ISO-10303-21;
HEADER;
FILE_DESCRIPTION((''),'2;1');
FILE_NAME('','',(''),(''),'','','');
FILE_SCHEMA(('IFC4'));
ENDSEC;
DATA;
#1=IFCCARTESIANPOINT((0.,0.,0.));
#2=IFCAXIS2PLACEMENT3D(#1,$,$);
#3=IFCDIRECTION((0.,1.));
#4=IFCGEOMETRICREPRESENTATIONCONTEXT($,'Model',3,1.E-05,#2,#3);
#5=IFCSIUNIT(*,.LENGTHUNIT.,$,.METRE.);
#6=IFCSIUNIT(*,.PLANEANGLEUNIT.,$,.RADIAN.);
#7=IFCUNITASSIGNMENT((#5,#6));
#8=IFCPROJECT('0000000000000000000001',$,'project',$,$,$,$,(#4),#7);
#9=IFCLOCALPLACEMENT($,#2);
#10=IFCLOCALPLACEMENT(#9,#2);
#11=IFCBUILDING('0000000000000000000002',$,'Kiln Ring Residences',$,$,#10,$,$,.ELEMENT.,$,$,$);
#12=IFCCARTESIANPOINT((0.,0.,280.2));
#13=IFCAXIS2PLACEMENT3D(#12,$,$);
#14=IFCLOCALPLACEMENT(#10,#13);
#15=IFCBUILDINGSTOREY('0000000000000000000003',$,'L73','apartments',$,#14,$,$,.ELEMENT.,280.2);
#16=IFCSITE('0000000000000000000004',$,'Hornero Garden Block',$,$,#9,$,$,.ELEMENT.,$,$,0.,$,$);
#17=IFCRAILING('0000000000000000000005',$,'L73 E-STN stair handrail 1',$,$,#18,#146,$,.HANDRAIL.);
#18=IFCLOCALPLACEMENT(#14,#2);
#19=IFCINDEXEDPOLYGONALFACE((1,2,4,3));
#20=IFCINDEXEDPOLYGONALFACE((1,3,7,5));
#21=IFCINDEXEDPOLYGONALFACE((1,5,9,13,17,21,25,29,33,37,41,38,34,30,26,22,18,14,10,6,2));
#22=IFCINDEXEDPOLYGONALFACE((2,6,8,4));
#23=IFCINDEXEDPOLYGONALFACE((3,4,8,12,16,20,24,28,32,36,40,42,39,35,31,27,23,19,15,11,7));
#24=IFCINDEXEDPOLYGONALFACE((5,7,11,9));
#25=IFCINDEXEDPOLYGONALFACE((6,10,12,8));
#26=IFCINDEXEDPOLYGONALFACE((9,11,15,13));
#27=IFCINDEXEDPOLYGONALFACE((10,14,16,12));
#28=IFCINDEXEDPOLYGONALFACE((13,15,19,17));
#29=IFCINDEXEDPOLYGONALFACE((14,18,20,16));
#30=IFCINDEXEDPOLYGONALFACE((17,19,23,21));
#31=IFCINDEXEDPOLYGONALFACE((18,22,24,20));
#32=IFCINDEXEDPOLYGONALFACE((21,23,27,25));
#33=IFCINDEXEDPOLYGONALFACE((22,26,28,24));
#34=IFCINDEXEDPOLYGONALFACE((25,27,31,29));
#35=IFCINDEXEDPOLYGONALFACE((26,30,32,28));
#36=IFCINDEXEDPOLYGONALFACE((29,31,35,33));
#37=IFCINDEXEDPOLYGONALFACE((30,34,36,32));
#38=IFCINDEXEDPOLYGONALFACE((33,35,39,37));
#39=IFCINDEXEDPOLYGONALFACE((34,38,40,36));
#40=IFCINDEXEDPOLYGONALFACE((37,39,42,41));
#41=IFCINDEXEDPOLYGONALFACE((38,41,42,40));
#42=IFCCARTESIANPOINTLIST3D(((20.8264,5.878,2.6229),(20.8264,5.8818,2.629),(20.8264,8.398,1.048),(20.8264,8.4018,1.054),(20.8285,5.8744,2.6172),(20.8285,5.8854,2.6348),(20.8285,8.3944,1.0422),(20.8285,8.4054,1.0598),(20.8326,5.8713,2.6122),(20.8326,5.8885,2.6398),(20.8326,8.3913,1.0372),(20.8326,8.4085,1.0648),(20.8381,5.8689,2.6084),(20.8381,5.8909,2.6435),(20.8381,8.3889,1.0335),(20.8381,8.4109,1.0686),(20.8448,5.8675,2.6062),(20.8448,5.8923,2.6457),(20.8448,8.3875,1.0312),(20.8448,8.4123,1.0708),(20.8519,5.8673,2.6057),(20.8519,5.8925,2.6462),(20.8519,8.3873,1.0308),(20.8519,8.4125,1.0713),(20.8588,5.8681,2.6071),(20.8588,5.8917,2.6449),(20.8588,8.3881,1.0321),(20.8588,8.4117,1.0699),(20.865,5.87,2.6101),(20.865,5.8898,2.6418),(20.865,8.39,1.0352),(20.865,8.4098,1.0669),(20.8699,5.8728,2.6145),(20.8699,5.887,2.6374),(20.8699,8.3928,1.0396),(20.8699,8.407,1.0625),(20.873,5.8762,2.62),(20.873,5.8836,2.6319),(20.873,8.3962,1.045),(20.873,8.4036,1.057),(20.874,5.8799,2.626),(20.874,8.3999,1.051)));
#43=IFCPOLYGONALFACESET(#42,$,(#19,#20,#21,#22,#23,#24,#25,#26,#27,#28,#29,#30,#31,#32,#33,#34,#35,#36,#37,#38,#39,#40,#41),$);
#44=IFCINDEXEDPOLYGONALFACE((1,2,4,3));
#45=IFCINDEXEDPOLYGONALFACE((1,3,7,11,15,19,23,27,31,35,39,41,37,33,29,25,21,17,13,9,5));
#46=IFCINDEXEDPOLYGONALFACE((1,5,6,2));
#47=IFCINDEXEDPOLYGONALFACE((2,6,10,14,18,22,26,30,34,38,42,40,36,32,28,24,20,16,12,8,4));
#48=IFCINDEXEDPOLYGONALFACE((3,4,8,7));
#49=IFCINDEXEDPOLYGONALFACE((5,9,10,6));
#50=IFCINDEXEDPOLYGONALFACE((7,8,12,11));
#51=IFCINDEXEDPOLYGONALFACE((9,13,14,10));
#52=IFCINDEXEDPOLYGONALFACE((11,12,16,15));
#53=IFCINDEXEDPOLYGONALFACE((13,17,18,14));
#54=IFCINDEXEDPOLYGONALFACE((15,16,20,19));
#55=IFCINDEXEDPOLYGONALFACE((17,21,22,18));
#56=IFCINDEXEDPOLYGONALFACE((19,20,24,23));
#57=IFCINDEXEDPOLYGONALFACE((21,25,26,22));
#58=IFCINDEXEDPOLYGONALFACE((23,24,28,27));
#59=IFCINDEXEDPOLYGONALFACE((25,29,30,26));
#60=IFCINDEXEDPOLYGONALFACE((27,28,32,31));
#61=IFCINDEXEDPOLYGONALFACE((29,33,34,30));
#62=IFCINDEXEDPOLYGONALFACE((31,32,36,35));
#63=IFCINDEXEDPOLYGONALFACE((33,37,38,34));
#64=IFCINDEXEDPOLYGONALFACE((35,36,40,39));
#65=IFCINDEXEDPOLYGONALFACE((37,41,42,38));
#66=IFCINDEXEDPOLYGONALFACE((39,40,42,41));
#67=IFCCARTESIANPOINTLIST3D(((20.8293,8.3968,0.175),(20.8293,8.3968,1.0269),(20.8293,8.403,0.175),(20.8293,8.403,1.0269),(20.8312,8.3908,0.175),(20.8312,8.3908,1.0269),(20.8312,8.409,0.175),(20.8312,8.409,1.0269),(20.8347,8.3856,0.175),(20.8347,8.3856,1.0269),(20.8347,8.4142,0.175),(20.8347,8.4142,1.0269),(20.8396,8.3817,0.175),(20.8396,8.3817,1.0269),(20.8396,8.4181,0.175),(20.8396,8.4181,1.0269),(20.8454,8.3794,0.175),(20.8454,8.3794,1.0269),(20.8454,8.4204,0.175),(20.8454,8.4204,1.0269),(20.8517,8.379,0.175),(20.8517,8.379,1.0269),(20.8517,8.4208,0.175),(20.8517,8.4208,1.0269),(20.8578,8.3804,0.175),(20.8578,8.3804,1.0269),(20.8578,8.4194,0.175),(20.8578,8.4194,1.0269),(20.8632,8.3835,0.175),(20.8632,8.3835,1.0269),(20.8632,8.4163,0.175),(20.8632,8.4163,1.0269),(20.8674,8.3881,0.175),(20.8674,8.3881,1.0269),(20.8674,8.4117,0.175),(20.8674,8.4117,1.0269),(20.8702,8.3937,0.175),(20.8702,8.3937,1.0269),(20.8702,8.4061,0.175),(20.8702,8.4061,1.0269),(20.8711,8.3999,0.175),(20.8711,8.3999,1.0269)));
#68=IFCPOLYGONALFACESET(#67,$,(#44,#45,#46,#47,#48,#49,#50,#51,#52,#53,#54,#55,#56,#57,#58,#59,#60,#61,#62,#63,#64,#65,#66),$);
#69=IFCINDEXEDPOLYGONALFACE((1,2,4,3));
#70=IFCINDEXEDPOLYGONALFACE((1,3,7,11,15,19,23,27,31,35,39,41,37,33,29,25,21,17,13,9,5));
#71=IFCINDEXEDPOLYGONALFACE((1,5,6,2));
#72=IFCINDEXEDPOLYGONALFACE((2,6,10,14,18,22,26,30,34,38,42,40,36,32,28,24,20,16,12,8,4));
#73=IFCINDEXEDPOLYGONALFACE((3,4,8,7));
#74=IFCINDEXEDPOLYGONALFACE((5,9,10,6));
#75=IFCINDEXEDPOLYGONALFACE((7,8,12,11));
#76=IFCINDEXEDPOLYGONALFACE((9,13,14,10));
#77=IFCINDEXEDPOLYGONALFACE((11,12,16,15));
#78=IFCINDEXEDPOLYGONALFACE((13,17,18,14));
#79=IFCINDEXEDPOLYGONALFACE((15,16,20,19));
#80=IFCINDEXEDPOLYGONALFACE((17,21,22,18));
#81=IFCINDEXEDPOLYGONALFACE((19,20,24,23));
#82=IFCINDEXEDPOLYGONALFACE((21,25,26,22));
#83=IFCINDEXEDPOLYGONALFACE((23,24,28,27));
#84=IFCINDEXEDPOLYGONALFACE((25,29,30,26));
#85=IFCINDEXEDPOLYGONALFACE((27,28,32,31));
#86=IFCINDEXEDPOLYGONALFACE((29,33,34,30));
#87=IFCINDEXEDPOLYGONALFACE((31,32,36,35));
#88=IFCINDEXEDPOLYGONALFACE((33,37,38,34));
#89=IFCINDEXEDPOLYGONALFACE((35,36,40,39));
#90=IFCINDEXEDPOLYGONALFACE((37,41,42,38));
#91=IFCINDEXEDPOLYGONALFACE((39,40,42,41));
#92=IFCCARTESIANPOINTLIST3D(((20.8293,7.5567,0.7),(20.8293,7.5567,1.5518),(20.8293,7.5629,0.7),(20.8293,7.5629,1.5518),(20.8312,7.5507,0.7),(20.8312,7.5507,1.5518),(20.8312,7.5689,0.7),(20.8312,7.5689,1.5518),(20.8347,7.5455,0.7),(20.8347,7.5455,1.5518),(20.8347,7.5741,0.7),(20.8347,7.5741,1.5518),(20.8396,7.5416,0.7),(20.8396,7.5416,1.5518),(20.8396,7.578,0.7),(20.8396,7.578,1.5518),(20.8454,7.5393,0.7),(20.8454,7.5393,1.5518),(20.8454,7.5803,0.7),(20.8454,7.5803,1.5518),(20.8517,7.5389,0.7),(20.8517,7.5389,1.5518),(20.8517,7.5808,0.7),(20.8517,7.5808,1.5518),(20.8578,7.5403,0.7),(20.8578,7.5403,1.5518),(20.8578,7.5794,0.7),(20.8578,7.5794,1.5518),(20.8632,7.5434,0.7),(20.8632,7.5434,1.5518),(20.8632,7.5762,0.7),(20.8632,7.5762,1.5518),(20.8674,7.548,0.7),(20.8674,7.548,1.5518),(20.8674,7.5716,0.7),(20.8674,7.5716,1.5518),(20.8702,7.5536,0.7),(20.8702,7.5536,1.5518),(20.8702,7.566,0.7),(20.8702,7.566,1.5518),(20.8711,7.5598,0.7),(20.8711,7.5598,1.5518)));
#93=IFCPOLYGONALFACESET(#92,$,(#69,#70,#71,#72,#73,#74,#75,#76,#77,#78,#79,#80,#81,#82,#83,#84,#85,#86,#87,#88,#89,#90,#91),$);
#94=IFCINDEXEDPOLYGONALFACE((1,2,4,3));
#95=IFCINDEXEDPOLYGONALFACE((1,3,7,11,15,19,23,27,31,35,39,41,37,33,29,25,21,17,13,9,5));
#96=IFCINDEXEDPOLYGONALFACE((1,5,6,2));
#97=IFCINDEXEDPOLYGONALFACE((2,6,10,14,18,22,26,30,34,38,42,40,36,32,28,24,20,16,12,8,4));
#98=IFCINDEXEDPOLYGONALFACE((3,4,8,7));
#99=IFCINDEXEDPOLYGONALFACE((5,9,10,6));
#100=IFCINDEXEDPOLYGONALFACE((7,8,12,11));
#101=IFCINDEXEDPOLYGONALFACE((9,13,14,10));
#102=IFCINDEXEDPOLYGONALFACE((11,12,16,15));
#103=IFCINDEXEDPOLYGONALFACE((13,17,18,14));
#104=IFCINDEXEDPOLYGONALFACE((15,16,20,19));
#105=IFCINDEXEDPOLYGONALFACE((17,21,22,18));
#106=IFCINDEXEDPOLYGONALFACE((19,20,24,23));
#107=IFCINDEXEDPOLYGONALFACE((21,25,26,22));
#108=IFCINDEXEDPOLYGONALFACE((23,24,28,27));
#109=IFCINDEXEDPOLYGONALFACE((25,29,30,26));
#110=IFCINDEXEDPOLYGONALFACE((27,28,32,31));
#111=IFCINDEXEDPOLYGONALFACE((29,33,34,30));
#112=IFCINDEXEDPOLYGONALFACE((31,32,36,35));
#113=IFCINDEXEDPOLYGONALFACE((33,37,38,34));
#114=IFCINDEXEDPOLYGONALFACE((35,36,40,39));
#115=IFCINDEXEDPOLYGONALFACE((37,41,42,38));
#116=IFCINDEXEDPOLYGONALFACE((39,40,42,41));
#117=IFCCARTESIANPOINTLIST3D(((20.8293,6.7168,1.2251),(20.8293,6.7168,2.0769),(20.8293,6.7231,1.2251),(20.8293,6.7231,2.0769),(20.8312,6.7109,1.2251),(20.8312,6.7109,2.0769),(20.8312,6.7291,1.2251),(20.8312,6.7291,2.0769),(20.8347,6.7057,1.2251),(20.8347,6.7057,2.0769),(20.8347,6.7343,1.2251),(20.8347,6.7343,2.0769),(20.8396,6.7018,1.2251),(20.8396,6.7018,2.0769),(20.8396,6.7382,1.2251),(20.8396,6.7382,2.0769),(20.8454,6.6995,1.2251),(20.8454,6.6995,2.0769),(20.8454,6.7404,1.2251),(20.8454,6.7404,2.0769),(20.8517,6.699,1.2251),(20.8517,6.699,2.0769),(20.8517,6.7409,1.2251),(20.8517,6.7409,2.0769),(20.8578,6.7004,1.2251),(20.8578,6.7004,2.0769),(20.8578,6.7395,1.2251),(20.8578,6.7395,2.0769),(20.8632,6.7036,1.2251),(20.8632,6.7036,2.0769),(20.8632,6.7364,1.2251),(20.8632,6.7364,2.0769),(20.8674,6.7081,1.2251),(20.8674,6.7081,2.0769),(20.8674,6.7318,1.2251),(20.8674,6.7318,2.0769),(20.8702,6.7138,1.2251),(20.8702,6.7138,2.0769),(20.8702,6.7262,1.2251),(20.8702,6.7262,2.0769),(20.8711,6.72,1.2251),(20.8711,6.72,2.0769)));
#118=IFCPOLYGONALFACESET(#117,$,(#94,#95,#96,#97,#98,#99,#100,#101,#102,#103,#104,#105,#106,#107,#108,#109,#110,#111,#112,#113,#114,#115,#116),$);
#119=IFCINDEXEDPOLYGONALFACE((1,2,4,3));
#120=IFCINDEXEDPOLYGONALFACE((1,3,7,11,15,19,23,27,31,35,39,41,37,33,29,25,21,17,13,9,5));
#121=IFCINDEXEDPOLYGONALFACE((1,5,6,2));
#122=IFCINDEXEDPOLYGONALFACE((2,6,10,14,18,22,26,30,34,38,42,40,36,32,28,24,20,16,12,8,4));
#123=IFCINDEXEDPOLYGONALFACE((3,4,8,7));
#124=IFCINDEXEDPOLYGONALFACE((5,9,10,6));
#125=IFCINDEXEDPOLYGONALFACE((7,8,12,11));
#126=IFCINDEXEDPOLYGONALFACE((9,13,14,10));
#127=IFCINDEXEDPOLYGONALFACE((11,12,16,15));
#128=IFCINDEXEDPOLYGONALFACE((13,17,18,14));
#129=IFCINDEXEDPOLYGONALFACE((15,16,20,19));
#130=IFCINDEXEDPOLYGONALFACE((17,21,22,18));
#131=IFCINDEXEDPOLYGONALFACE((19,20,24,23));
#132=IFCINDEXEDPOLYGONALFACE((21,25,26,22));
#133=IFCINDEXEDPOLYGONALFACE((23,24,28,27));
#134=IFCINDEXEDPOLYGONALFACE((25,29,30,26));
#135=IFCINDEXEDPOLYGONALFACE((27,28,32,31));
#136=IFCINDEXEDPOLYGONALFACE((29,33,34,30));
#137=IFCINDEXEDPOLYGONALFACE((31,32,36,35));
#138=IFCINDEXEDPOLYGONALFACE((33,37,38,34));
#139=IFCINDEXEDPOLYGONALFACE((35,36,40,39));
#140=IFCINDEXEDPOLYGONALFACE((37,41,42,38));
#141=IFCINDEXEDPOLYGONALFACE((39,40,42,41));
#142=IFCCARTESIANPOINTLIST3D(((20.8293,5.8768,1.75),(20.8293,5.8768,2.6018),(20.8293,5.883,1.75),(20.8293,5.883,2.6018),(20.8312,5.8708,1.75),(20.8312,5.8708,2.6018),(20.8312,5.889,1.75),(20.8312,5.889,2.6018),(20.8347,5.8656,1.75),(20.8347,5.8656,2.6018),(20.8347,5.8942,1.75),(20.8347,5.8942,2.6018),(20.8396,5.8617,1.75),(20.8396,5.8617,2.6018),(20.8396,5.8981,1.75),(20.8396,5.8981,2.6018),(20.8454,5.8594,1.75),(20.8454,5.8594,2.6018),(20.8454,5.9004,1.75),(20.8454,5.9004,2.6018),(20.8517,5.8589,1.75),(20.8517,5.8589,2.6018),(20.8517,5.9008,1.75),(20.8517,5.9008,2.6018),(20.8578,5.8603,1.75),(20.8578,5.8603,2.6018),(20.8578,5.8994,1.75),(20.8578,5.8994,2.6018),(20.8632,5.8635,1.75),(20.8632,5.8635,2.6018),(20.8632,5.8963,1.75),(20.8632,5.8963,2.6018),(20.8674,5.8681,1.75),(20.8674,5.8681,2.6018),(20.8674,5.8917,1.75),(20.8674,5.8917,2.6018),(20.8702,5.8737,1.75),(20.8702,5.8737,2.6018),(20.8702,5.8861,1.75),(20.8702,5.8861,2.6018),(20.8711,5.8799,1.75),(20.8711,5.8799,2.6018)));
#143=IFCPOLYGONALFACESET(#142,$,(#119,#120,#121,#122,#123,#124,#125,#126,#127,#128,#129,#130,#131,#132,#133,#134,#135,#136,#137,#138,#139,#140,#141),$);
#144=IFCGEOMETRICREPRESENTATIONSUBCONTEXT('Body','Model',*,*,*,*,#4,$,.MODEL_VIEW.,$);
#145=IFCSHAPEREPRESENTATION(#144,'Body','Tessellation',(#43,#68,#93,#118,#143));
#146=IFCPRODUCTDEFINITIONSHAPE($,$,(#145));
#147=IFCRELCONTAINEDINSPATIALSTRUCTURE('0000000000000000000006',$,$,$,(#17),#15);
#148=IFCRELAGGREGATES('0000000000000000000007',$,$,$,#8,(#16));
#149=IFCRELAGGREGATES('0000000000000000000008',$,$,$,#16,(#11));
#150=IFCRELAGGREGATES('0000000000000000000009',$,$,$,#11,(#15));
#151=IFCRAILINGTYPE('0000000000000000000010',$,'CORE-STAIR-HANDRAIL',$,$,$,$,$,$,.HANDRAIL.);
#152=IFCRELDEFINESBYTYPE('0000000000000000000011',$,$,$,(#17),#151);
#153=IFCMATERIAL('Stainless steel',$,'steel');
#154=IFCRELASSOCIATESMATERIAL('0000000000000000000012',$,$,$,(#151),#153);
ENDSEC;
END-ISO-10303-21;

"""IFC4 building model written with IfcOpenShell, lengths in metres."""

from ifc_helpers import new_model, si_unit, direction, frame, origin, origin_2d, place, context, subcontext, project, spatial, circle, extrude, material, type_object, element, save


model = new_model("IFC4")

# Units and contexts
model_context = context("Model", 3, precision=1e-05, world=origin(), true_north=direction((0.0, 1.0)))
body_context = subcontext(model_context, "Body", "Model", "MODEL_VIEW")
ifc_project = project(units=[si_unit("LENGTHUNIT", "METRE"), si_unit("PLANEANGLEUNIT", "RADIAN")], contexts=[model_context])

# Site, building, storey
site_placement = place(None, origin())
site = spatial("IfcSite", under=ifc_project, at=site_placement, Name="Hornero Garden Block", CompositionType="ELEMENT", RefElevation=0.0)
building_placement = place(site_placement, origin())
building = spatial("IfcBuilding", under=site, at=building_placement, Name="Kiln Ring Residences", CompositionType="ELEMENT")
storey_placement = place(building_placement, frame((0.0, 0.0, 280.2)))
storey = spatial("IfcBuildingStorey", under=building, at=storey_placement, Name="L73", Description="apartments", CompositionType="ELEMENT", Elevation=280.2)

# Railing
ifc_material_1 = material(Name="Stainless steel", Category="steel")
railing_type_1 = type_object("IfcRailingType", Name="CORE-STAIR-HANDRAIL", PredefinedType="HANDRAIL", material=ifc_material_1)
railing_1_placement = place(storey_placement, frame((20.8501, 8.3999, 0.175)))
element("IfcRailing", 1, at=railing_1_placement, inside=storey, type_object=railing_type_1, Name="L73 E-STN stair handrail 1", PredefinedType="HANDRAIL", context=body_context, shape_type="SweptSolid", body=[
    extrude(circle(Radius=0.0239, at=origin_2d()), frame((0.0, 0.0, 0.876), z_axis=(0.0, -0.848008, 0.529984), x_axis=(1.0, 0.0, 0.0)), (0.0, 0.0, 1.0), 2.9717),
    extrude(circle(Radius=0.021, at=origin_2d()), origin(), (0.0, 0.0, 1.0), 0.8518),
    extrude(circle(Radius=0.021, at=origin_2d()), frame((0.0, -0.8401, 0.5249)), (0.0, 0.0, 1.0), 0.8518),
    extrude(circle(Radius=0.021, at=origin_2d()), frame((0.0, -1.6799, 1.05)), (0.0, 0.0, 1.0), 0.8518),
    extrude(circle(Radius=0.021, at=origin_2d()), frame((0.0, -2.52, 1.575)), (0.0, 0.0, 1.0), 0.8518),
])

save(model, "model.ifc")
